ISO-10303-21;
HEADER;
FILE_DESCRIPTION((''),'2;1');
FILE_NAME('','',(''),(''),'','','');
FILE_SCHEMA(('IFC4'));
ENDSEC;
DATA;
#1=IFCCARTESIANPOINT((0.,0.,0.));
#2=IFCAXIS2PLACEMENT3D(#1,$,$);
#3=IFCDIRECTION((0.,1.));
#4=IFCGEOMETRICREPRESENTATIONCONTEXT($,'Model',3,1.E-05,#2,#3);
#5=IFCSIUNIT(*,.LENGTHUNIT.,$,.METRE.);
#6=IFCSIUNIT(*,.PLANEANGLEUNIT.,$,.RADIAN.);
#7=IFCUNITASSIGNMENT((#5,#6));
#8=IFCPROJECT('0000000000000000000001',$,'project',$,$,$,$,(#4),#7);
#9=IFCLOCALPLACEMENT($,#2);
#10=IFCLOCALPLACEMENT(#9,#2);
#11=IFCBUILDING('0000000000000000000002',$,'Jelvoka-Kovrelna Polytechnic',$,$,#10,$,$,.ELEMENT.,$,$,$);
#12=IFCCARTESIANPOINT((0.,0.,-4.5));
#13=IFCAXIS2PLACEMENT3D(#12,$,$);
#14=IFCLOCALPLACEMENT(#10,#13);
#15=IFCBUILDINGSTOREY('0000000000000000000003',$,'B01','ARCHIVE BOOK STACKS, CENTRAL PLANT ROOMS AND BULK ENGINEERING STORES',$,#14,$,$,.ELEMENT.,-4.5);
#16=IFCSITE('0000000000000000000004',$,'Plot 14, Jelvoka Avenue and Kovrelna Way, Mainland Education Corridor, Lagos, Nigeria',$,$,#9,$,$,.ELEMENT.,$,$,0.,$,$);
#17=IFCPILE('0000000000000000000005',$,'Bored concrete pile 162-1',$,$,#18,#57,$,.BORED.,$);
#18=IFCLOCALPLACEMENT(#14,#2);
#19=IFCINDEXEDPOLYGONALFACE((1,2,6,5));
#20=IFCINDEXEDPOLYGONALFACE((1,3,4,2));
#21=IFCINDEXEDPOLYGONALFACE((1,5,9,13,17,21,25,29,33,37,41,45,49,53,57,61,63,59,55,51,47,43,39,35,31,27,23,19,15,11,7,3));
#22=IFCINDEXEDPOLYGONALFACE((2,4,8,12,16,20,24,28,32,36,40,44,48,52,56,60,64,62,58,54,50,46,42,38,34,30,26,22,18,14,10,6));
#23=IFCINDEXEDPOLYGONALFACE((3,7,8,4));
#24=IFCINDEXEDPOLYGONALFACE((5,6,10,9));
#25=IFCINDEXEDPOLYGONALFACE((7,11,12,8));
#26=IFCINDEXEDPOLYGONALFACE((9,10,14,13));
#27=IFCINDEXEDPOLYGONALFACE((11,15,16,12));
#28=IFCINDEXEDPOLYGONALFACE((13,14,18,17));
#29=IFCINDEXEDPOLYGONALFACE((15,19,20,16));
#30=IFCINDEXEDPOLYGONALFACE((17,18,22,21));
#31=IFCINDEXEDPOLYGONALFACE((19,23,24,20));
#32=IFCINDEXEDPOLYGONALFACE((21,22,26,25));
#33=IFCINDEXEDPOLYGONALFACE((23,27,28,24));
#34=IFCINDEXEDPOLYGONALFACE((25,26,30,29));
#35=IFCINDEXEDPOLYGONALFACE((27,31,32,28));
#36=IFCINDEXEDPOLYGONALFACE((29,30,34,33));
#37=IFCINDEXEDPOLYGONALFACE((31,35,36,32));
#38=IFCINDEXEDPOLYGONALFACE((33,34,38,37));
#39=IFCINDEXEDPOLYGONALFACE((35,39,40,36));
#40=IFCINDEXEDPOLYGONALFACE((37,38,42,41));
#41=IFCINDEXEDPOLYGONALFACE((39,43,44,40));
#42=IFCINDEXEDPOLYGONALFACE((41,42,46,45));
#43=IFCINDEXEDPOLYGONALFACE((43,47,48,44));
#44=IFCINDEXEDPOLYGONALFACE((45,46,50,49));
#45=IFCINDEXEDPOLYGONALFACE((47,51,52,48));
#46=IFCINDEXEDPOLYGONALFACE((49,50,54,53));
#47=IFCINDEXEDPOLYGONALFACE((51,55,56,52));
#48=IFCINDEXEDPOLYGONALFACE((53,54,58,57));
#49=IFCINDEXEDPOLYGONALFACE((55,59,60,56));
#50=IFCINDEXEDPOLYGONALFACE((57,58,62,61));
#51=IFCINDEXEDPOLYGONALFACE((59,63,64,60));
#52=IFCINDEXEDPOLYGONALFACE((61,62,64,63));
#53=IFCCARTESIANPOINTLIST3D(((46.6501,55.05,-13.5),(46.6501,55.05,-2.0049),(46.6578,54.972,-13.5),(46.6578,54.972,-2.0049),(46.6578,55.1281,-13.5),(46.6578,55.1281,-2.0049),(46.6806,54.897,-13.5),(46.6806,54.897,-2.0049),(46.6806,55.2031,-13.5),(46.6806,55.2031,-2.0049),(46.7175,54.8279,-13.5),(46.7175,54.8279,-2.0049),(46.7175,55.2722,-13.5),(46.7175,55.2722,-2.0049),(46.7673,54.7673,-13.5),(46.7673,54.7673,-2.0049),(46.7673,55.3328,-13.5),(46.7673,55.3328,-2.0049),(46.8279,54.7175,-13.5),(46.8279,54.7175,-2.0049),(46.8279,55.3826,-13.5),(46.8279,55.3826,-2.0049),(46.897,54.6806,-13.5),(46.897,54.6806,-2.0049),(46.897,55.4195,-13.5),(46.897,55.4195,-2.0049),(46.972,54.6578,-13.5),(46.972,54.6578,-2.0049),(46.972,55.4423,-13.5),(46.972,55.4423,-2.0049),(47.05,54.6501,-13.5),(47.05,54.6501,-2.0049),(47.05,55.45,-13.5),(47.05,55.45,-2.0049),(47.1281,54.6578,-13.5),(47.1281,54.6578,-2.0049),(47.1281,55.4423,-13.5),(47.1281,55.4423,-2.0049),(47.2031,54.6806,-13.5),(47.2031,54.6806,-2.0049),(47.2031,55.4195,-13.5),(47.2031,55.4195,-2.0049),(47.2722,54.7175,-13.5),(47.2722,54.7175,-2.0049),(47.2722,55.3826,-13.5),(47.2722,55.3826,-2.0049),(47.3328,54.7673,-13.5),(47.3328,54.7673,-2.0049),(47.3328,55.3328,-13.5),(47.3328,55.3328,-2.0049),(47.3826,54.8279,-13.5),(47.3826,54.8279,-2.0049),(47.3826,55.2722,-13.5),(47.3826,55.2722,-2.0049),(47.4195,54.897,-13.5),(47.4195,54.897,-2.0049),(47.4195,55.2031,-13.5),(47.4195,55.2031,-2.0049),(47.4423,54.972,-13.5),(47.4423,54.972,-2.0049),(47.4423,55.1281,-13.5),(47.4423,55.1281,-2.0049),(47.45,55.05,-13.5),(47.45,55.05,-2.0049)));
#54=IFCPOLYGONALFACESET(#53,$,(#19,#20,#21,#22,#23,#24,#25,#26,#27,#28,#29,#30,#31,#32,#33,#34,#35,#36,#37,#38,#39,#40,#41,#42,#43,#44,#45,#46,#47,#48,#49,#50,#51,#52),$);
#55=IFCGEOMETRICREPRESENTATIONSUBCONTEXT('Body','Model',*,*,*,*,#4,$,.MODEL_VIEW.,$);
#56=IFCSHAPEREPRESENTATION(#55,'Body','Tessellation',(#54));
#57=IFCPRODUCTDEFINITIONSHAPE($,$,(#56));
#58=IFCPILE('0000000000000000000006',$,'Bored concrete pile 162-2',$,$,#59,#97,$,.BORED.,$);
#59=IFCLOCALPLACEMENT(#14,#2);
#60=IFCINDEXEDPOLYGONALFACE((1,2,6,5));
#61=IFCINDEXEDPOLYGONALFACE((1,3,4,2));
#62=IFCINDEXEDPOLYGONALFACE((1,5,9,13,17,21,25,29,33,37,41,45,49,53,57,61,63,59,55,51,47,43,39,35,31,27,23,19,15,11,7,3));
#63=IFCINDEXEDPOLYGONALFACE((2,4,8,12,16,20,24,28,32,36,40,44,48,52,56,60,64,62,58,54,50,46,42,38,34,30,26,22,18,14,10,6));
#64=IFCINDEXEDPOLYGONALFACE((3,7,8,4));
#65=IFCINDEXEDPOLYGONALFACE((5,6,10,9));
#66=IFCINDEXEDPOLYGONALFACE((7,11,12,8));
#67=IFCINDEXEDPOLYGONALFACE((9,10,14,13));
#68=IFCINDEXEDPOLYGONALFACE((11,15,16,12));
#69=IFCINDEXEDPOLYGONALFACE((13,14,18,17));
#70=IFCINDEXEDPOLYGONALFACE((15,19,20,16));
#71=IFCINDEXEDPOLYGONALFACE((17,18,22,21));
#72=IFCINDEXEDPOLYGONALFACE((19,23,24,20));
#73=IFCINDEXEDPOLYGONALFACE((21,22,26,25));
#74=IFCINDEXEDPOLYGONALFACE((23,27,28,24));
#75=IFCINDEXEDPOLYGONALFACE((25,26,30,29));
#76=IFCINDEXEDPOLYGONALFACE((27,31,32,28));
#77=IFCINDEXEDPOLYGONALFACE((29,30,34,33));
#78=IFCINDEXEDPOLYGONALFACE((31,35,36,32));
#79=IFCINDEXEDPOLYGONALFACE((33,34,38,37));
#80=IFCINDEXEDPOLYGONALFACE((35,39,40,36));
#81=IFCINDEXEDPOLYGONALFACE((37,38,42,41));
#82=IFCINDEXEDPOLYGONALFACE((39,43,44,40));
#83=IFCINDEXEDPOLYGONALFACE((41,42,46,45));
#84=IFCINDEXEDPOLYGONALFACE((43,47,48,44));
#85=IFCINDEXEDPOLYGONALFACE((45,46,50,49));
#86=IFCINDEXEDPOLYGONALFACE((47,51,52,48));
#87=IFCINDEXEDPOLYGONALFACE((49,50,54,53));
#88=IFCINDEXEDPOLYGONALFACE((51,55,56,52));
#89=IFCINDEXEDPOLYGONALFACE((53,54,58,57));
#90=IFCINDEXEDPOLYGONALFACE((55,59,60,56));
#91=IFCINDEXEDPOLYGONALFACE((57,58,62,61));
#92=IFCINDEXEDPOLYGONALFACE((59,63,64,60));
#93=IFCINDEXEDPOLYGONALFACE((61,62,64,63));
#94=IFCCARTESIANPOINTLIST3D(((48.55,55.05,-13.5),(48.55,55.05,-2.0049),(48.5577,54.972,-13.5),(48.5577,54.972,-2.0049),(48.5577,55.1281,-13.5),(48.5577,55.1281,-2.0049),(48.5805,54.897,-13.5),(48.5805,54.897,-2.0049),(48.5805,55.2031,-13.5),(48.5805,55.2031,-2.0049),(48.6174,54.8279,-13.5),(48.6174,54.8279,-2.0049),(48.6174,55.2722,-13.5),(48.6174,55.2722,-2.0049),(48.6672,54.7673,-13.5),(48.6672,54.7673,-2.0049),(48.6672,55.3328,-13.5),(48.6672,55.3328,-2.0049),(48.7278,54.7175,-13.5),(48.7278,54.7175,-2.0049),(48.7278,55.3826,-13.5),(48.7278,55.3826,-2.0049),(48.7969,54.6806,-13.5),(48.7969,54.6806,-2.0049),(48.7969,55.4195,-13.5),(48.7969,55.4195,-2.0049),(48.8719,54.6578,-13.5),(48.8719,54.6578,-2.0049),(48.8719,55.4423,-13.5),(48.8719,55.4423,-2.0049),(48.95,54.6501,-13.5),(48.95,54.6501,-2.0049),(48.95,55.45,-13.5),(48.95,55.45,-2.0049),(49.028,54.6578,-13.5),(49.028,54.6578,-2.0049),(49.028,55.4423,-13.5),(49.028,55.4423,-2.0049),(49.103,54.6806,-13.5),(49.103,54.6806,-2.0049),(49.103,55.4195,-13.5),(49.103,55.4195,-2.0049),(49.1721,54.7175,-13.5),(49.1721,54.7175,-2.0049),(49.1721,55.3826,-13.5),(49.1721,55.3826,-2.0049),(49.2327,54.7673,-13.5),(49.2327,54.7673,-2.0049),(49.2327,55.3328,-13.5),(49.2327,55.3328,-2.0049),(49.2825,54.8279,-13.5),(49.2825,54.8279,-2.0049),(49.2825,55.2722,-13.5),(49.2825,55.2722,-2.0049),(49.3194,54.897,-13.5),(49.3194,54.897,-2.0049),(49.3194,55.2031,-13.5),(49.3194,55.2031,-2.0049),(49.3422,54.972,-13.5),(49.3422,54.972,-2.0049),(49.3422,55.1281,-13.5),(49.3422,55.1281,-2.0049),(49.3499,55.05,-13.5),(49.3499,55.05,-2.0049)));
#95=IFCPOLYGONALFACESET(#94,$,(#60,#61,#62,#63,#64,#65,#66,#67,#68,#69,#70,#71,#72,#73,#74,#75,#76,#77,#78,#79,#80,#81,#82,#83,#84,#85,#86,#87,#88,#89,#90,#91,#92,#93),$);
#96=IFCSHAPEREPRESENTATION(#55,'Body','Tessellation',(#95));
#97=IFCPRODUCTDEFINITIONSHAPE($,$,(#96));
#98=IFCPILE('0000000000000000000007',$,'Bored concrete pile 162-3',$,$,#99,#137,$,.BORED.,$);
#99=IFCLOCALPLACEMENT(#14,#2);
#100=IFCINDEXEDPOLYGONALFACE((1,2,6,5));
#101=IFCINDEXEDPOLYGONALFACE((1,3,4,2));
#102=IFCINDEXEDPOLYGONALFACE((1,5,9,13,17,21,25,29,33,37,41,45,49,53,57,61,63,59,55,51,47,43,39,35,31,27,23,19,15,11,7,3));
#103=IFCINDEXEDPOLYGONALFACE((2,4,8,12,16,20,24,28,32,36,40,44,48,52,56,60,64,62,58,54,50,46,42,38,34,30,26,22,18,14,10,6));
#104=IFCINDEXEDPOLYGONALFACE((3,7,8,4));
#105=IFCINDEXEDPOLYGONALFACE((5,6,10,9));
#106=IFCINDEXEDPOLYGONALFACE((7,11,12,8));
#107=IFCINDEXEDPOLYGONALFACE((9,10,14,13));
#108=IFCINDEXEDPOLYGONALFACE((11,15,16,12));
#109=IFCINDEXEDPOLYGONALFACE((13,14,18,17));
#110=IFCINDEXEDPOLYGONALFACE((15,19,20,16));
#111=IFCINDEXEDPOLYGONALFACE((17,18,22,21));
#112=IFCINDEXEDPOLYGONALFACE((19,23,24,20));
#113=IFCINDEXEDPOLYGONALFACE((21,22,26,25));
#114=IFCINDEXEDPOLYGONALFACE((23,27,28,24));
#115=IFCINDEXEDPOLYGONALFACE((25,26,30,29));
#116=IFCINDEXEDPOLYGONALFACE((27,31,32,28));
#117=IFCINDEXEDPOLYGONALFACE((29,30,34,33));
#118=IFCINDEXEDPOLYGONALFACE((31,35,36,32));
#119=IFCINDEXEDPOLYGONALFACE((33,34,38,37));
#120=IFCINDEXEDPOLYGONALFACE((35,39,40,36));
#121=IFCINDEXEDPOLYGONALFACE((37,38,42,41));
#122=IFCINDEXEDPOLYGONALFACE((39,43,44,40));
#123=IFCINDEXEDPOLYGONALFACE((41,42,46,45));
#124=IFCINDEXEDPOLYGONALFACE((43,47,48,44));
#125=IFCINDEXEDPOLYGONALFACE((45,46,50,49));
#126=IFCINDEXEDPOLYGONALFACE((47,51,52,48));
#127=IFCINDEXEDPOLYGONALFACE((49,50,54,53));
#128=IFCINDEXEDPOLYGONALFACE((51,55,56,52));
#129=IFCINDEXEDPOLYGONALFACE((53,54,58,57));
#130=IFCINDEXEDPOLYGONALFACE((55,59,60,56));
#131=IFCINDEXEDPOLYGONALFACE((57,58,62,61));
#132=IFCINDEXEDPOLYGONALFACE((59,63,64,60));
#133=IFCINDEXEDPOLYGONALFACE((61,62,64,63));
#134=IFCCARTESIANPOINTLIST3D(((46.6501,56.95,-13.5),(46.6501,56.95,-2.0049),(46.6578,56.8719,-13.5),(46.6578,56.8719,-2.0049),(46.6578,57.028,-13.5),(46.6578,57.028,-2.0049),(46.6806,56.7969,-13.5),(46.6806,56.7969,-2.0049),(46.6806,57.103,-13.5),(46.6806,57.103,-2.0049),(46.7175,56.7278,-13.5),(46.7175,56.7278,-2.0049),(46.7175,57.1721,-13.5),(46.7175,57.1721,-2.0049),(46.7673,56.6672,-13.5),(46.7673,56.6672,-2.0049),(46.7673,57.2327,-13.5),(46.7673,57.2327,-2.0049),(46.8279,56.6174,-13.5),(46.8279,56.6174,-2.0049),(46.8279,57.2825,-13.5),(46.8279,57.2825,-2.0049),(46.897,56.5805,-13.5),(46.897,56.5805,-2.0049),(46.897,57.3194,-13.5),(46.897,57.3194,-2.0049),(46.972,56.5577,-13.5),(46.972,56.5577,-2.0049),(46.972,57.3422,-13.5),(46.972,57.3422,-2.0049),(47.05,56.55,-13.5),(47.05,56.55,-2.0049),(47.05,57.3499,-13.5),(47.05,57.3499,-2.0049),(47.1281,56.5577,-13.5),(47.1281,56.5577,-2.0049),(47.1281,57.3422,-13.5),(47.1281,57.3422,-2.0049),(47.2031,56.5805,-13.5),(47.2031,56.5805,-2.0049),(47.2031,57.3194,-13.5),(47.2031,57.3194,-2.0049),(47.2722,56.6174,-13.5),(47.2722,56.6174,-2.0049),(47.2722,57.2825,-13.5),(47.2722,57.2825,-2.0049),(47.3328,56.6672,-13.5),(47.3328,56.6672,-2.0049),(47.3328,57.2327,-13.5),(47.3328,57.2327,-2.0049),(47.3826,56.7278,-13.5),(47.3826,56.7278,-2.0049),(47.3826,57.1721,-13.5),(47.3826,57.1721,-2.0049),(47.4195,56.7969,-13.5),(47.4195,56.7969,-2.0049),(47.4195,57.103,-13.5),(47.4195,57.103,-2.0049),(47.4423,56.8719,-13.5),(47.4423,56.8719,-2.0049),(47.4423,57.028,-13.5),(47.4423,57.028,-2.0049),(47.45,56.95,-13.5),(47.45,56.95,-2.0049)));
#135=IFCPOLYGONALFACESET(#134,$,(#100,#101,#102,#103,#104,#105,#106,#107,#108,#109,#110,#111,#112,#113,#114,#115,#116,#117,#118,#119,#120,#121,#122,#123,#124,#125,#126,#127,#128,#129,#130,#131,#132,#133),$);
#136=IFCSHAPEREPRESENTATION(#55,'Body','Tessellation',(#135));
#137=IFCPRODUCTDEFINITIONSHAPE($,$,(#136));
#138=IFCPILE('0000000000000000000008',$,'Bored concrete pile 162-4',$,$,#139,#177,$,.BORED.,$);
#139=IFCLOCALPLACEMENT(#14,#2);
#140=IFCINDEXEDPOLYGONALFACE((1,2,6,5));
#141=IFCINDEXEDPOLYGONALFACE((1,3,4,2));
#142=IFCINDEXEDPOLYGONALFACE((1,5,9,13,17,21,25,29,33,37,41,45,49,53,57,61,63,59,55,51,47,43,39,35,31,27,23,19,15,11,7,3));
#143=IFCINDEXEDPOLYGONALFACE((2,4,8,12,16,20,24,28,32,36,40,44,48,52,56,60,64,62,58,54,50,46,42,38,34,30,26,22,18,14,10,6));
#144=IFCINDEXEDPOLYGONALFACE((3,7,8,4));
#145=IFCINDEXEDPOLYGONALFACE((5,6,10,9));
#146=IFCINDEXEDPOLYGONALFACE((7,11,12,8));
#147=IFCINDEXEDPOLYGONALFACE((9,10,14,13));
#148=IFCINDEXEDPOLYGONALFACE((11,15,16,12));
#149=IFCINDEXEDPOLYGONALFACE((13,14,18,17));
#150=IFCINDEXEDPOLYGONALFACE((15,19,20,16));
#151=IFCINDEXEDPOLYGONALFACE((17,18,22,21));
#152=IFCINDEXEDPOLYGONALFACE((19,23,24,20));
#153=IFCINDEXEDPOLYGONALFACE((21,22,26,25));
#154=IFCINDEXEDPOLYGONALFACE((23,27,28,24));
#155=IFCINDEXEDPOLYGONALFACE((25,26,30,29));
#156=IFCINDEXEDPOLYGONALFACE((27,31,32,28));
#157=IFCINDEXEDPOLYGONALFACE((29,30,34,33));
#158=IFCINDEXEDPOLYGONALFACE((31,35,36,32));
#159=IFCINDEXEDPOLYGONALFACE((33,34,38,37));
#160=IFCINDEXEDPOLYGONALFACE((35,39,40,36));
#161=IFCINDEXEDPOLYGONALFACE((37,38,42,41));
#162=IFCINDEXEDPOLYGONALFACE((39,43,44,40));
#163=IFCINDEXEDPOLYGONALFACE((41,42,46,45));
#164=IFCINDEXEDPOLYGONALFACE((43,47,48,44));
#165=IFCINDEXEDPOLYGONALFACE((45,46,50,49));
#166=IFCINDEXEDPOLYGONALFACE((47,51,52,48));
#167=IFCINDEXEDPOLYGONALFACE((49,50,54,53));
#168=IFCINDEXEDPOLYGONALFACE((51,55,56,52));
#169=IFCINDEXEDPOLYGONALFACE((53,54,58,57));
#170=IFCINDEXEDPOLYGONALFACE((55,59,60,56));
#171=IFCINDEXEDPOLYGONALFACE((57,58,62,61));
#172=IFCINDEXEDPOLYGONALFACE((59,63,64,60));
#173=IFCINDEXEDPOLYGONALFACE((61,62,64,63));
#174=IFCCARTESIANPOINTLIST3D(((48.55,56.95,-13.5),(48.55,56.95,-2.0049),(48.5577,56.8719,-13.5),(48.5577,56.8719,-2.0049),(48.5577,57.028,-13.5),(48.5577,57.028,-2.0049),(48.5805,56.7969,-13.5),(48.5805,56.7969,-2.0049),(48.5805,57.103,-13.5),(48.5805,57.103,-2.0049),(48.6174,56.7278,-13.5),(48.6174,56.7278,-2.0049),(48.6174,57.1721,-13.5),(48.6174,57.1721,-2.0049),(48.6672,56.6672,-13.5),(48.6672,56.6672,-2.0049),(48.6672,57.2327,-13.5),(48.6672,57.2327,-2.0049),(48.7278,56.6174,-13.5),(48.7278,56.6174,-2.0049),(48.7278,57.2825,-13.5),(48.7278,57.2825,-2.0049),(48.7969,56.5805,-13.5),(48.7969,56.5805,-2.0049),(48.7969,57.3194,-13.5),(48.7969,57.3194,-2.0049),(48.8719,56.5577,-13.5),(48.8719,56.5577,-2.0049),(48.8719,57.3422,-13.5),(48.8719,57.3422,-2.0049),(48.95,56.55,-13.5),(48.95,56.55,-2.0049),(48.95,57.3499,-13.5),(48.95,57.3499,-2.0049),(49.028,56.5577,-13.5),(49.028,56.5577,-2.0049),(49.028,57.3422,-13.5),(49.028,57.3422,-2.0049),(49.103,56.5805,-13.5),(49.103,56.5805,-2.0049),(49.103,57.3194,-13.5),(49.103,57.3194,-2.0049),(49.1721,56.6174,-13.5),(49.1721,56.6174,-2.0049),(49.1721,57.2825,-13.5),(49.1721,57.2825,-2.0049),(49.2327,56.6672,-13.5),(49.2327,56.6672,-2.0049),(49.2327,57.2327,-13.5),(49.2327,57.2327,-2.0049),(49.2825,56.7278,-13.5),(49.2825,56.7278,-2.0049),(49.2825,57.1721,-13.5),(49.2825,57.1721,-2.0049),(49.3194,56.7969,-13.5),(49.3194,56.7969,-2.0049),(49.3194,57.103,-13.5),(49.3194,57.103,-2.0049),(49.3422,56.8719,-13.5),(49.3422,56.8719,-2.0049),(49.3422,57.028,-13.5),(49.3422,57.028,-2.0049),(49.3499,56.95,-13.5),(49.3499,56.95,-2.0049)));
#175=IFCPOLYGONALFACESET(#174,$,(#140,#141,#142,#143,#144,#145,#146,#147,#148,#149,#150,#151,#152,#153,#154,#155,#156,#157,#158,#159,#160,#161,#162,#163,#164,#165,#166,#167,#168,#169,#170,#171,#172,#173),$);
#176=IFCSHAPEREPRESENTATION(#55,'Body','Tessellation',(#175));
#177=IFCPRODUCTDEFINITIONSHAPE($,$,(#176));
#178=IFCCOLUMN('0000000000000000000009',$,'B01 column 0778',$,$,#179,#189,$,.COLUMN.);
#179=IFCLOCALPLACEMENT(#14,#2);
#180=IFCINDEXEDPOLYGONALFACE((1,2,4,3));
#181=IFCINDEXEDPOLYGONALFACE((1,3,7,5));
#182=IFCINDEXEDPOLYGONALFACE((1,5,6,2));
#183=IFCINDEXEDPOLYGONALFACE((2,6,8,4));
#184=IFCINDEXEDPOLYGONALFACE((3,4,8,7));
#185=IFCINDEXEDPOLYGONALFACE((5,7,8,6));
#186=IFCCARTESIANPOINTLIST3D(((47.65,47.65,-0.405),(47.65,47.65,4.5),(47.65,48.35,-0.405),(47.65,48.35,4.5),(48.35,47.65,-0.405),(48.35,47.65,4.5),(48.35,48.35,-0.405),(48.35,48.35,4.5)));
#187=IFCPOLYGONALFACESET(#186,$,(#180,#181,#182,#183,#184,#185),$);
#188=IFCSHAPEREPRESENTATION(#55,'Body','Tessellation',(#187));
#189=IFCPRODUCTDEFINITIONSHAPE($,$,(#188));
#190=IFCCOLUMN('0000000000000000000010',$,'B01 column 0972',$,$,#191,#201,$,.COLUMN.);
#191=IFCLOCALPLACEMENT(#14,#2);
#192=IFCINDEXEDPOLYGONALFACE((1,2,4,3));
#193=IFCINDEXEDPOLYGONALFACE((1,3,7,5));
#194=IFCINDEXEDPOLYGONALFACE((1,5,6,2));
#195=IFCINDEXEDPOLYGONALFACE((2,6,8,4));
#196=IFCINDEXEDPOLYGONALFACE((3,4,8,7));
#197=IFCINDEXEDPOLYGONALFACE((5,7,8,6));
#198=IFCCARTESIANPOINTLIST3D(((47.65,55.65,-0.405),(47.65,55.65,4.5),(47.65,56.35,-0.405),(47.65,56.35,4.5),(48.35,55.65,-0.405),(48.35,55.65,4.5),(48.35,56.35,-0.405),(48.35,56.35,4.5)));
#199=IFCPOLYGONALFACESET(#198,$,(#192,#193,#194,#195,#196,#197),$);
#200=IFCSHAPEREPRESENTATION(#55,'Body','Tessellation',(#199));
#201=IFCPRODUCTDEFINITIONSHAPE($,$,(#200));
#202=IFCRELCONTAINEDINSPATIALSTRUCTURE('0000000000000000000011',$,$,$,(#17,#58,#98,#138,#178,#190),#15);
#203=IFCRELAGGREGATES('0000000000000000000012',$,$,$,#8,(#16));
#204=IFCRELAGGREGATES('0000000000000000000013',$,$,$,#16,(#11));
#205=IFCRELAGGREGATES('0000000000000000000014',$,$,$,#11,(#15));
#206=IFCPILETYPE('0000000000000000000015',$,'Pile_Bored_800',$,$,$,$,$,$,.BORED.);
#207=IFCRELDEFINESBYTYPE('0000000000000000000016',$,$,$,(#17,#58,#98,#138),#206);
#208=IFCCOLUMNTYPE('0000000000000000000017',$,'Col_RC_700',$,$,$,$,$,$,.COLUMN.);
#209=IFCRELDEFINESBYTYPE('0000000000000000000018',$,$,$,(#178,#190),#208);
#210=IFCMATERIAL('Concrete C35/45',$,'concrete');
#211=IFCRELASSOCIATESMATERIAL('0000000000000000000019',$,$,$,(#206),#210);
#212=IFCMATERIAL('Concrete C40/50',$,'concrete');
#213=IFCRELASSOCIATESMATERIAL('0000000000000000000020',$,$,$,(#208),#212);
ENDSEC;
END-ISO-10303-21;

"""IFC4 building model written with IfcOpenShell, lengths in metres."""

from ifc_helpers import new_model, si_unit, direction, frame, origin, origin_2d, place, context, subcontext, project, spatial, rectangle, circle, extrude, material, material_profile, profile_set, type_object, element, save


model = new_model("IFC4")

# Units and contexts
model_context = context("Model", 3, precision=1e-05, world=origin(), true_north=direction((0.0, 1.0)))
body_context = subcontext(model_context, "Body", "Model", "MODEL_VIEW")
ifc_project = project(units=[si_unit("LENGTHUNIT", "METRE"), si_unit("PLANEANGLEUNIT", "RADIAN")], contexts=[model_context])

# Site, building, storey
site_placement = place(None, origin())
site = spatial("IfcSite", under=ifc_project, at=site_placement, Name="Plot 14, Jelvoka Avenue and Kovrelna Way, Mainland Education Corridor, Lagos, Nigeria", CompositionType="ELEMENT", RefElevation=0.0)
building_placement = place(site_placement, origin())
building = spatial("IfcBuilding", under=site, at=building_placement, Name="Jelvoka-Kovrelna Polytechnic", CompositionType="ELEMENT")
storey_placement = place(building_placement, frame((0.0, 0.0, -4.5)))
storey = spatial("IfcBuildingStorey", under=building, at=storey_placement, Name="B01", Description="ARCHIVE BOOK STACKS, CENTRAL PLANT ROOMS AND BULK ENGINEERING STORES", CompositionType="ELEMENT", Elevation=-4.5)

# Piles
ifc_material_1 = material(Name="Concrete C35/45", Category="concrete")
ifc_material_profile_1 = material_profile(ifc_material_1, circle(Radius=0.3999, at=origin_2d()), Name="PILE D800")
ifc_profile_set_1 = profile_set([ifc_material_profile_1], Name="Concrete C35/45")
pile_type = type_object("IfcPileType", Name="Pile_Bored_800", PredefinedType="BORED", material=ifc_profile_set_1)
for number, where, z_axis, x_axis, name in (
    (1, (47.05, 55.05, -2.0049), (0.0, 0.0, -1.0), (1.0, 0.0, 0.0), "Bored concrete pile 162-1"),
    (2, (48.95, 55.05, -2.0049), (0.0, 0.0, -1.0), (1.0, 0.0, 0.0), "Bored concrete pile 162-2"),
    (3, (47.05, 56.95, -2.0049), (0.0, 0.0, -1.0), (1.0, 0.0, 0.0), "Bored concrete pile 162-3"),
    (4, (48.95, 56.95, -2.0049), (0.0, 0.0, -1.0), (1.0, 0.0, 0.0), "Bored concrete pile 162-4"),
):
    element("IfcPile", number, at=place(storey_placement, frame(where, z_axis=z_axis, x_axis=x_axis)), inside=storey, type_object=pile_type, Name=name, PredefinedType="BORED", context=body_context, shape_type="SweptSolid", body=[
        extrude(circle(Radius=0.3999, at=origin_2d()), origin(), (0.0, 0.0, 1.0), 11.4951),
    ])

# Columns
ifc_material_2 = material(Name="Concrete C40/50", Category="concrete")
ifc_material_profile_2 = material_profile(ifc_material_2, rectangle(XDim=0.7, YDim=0.7, at=origin_2d()), Name="RC 700x700")
ifc_profile_set_2 = profile_set([ifc_material_profile_2], Name="Concrete C40/50")
column_type = type_object("IfcColumnType", Name="Col_RC_700", PredefinedType="COLUMN", material=ifc_profile_set_2)
for number, where, z_axis, x_axis, name in (
    (5, (48.0, 48.0, -0.405), (0.0, 0.0, 1.0), (1.0, 0.0, 0.0), "B01 column 0778"),
    (6, (48.0, 56.0, -0.405), (0.0, 0.0, 1.0), (1.0, 0.0, 0.0), "B01 column 0972"),
):
    element("IfcColumn", number, at=place(storey_placement, frame(where, z_axis=z_axis, x_axis=x_axis)), inside=storey, type_object=column_type, Name=name, PredefinedType="COLUMN", context=body_context, shape_type="SweptSolid", body=[
        extrude(rectangle(XDim=0.7, YDim=0.7, at=origin_2d()), origin(), (0.0, 0.0, 1.0), 4.905),
    ])

save(model, "model.ifc")
